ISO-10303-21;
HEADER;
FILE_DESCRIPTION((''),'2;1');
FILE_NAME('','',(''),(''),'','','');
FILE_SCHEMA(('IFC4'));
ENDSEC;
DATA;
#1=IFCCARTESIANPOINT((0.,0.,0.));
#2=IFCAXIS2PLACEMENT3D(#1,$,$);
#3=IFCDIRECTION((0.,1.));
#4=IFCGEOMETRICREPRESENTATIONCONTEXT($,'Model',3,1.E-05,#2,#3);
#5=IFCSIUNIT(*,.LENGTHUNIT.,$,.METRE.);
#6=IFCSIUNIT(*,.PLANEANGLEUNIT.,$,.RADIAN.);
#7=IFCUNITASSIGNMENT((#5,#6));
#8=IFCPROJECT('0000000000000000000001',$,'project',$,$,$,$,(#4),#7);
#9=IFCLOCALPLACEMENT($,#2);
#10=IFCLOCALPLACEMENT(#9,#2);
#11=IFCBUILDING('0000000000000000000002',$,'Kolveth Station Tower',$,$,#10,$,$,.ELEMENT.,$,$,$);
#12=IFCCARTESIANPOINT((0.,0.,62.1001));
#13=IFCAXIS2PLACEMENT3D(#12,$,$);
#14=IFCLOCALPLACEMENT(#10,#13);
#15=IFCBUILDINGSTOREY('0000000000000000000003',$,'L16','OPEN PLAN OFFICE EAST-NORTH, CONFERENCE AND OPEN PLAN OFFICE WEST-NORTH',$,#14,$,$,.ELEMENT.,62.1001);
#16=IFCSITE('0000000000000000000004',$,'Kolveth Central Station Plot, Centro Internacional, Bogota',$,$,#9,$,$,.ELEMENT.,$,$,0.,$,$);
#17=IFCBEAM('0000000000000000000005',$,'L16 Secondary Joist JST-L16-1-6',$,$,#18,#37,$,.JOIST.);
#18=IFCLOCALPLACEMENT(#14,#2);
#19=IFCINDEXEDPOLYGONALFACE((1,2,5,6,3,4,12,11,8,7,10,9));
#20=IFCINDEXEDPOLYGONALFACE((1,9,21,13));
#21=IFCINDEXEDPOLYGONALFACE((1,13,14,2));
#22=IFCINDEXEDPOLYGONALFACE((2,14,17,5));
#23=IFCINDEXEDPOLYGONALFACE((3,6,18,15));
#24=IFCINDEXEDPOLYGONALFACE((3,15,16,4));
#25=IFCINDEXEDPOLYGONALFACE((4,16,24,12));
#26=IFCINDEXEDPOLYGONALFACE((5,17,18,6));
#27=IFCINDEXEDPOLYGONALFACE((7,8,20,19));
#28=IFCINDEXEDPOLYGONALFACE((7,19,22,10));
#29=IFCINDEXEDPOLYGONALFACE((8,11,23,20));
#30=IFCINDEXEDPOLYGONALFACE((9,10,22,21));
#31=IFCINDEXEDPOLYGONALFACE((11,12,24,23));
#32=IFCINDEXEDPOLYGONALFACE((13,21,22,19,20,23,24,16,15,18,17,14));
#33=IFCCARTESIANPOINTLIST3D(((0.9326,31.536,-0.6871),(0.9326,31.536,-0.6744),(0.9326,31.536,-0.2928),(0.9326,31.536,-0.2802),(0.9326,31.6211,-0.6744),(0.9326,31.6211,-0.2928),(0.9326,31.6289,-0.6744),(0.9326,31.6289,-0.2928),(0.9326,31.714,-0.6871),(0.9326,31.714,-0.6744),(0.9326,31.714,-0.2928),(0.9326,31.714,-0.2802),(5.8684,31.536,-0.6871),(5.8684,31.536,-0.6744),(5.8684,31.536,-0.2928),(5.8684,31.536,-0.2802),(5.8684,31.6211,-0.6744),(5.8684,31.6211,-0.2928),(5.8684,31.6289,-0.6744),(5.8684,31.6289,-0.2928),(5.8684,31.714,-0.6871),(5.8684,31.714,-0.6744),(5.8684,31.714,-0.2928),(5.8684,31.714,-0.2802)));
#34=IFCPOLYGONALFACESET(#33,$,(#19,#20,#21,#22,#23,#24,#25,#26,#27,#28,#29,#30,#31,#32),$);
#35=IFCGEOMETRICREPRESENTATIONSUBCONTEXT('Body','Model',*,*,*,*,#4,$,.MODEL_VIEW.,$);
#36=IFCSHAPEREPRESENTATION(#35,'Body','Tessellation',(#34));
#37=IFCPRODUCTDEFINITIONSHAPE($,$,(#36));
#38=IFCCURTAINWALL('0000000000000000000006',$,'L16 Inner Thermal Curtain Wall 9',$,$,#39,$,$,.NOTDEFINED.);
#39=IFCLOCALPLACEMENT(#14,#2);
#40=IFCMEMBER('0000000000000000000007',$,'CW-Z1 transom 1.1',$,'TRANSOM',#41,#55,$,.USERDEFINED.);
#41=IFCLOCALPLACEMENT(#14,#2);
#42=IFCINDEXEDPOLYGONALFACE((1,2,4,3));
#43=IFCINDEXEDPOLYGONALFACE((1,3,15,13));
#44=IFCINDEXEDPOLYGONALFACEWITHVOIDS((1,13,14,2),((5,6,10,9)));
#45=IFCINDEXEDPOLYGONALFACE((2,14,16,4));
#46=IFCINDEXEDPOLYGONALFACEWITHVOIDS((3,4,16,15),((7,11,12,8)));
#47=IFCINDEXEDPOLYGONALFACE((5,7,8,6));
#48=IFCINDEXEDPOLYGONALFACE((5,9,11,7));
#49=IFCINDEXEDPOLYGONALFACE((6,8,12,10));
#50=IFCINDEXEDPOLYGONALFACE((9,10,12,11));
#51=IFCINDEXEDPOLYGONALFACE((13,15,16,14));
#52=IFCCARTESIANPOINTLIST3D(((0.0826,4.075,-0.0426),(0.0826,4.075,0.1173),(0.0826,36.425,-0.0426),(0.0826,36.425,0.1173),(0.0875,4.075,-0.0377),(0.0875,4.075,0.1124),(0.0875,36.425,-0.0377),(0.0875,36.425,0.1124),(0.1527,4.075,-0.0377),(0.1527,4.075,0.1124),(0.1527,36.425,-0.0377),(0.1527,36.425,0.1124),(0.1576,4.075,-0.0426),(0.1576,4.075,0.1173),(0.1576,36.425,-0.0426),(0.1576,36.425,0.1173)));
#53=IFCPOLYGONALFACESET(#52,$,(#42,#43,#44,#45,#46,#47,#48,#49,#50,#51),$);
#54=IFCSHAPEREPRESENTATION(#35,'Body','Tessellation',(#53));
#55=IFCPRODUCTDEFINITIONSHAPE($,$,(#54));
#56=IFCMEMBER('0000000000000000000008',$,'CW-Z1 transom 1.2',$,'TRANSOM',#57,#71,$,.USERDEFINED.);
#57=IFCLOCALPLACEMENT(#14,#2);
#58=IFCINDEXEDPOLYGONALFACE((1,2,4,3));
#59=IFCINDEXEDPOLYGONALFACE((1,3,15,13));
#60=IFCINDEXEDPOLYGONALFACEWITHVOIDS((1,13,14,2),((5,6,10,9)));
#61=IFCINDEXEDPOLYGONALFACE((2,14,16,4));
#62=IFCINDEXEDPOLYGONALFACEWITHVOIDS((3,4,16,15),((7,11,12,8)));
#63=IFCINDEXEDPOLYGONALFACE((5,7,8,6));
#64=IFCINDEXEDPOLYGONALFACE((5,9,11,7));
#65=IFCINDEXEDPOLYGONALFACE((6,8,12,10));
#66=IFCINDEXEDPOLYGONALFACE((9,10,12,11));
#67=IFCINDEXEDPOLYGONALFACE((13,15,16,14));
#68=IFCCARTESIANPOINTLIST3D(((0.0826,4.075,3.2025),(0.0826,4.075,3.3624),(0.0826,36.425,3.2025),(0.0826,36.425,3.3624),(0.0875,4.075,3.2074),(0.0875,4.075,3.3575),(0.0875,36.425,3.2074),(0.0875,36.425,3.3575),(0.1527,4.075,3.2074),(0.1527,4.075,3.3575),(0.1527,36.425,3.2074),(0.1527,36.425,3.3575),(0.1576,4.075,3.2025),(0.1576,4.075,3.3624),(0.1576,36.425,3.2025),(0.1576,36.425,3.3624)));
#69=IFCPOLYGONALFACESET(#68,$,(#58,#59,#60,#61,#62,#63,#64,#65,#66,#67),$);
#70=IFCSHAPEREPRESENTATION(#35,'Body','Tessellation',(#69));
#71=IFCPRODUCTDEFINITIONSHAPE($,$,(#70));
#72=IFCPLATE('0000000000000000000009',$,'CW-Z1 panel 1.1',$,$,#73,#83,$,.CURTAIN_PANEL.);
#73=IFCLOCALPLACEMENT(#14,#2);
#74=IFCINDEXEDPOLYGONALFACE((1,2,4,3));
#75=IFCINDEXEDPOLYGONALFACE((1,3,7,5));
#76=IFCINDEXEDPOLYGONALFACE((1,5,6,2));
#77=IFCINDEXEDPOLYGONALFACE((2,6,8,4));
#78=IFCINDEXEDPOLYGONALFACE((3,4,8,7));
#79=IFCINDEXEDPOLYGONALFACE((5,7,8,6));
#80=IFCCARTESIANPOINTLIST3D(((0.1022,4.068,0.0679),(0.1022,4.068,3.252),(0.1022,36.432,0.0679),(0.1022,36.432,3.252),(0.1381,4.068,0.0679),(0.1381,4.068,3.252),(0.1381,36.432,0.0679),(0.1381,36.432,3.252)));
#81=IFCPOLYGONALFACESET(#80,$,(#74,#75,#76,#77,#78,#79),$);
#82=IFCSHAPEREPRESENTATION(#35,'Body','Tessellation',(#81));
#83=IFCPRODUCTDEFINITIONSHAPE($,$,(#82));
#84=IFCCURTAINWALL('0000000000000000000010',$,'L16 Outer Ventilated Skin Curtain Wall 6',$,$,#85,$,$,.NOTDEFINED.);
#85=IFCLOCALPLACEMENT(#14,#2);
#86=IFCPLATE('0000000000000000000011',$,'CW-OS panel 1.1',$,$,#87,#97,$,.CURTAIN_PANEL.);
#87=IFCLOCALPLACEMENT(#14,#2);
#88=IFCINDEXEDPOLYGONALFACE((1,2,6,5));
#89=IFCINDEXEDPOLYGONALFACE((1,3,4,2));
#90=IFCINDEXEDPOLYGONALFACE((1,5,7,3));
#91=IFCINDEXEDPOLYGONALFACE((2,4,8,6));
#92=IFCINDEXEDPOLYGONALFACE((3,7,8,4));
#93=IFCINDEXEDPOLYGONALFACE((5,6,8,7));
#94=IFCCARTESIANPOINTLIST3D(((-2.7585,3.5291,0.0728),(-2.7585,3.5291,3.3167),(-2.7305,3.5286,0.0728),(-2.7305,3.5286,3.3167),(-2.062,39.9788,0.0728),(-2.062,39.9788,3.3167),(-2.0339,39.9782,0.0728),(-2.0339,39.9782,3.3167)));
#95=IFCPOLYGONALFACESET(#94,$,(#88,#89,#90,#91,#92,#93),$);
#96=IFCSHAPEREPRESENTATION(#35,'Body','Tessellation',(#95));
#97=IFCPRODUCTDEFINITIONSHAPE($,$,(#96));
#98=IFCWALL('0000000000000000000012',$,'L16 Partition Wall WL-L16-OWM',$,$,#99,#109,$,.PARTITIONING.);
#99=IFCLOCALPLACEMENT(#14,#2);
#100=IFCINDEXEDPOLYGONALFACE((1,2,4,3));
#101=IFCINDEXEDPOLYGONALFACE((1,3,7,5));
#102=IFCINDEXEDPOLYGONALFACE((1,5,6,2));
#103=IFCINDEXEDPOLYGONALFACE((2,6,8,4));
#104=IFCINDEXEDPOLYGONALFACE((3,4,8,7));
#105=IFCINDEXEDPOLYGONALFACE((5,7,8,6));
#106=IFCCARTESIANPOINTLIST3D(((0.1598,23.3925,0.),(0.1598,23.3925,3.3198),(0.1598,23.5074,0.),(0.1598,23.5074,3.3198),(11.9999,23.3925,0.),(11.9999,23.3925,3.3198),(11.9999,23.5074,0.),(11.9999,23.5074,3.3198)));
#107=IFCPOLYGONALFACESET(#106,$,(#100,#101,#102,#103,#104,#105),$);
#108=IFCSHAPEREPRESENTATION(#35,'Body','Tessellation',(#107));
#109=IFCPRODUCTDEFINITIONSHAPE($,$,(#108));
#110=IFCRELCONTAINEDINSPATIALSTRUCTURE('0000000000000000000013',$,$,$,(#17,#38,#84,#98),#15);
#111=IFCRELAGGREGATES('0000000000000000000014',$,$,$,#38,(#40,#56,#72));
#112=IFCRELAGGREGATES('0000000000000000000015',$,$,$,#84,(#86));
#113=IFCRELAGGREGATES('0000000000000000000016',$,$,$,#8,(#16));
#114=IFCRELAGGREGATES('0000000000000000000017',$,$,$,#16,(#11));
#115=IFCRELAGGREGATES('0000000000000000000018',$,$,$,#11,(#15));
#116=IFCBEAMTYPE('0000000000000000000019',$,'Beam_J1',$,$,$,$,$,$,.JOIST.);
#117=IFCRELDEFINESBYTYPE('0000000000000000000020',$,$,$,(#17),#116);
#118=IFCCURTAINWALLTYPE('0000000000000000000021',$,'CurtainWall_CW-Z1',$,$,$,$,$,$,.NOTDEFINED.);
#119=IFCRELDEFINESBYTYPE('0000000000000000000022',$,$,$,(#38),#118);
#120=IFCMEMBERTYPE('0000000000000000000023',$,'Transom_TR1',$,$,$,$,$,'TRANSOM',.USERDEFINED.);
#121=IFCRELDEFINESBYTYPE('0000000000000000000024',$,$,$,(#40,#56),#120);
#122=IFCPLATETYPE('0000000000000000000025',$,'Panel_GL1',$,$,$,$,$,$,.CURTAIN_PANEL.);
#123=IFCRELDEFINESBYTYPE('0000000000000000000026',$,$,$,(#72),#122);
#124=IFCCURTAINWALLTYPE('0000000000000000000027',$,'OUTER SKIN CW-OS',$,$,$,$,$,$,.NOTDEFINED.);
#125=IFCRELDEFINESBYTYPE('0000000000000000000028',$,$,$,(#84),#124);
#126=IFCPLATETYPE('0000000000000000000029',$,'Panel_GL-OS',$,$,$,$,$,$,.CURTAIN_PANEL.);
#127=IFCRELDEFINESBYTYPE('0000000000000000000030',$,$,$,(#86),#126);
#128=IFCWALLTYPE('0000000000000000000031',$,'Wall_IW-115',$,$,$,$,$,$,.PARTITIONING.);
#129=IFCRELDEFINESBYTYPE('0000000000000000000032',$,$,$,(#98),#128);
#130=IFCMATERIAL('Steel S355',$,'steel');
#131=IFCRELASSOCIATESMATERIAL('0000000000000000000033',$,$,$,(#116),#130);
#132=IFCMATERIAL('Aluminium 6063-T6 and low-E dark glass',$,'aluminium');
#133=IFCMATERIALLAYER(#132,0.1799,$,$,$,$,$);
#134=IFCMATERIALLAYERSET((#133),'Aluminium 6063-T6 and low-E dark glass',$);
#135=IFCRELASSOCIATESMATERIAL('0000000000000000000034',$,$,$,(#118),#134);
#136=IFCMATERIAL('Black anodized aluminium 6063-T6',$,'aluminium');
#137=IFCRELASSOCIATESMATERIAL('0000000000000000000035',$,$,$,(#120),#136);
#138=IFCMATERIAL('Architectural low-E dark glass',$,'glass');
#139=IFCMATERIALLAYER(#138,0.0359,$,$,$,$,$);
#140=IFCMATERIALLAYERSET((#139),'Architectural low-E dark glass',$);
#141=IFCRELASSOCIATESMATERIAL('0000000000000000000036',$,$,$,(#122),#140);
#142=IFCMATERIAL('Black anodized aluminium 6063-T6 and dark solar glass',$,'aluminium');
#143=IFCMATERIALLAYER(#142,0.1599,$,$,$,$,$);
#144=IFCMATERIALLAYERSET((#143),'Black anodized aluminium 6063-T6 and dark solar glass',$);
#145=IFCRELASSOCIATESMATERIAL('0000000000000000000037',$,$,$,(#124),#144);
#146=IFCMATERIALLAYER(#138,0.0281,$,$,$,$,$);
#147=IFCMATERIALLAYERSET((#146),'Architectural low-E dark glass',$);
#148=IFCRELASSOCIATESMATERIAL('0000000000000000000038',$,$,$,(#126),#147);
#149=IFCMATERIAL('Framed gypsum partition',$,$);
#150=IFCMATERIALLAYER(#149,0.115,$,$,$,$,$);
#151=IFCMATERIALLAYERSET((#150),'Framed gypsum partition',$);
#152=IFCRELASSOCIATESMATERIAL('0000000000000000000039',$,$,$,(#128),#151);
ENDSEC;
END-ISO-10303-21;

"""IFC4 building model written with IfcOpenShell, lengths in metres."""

from ifc_helpers import new_model, si_unit, direction, frame, frame_2d, origin, origin_2d, place, context, subcontext, project, spatial, rectangle, hollow_rectangle, i_section, extrude, source, transform, mapped, material, layer, layer_set, material_profile, profile_set, type_object, element, aggregate, save


model = new_model("IFC4")

# Units and contexts
model_context = context("Model", 3, precision=1e-05, world=origin(), true_north=direction((0.0, 1.0)))
body_context = subcontext(model_context, "Body", "Model", "MODEL_VIEW")
ifc_project = project(units=[si_unit("LENGTHUNIT", "METRE"), si_unit("PLANEANGLEUNIT", "RADIAN")], contexts=[model_context])

# Site, building, storey
site_placement = place(None, origin())
site = spatial("IfcSite", under=ifc_project, at=site_placement, Name="Kolveth Central Station Plot, Centro Internacional, Bogota", CompositionType="ELEMENT", RefElevation=0.0)
building_placement = place(site_placement, origin())
building = spatial("IfcBuilding", under=site, at=building_placement, Name="Kolveth Station Tower", CompositionType="ELEMENT")
storey_placement = place(building_placement, frame((0.0, 0.0, 62.1001)))
storey = spatial("IfcBuildingStorey", under=building, at=storey_placement, Name="L16", Description="OPEN PLAN OFFICE EAST-NORTH, CONFERENCE AND OPEN PLAN OFFICE WEST-NORTH", CompositionType="ELEMENT", Elevation=62.1001)

# Shared definitions
ifc_material_1 = material(Name="Steel S355", Category="steel")

# Beam
ifc_material_profile_1 = material_profile(ifc_material_1, i_section(OverallWidth=0.178, OverallDepth=0.407, WebThickness=0.0078, FlangeThickness=0.0127, at=origin_2d()), Name="W410x60")
ifc_profile_set_1 = profile_set([ifc_material_profile_1], Name="Steel S355")
beam_type_1 = type_object("IfcBeamType", Name="Beam_J1", PredefinedType="JOIST", material=ifc_profile_set_1)
shared_shape_1 = source(origin(), body_context, "Body", "SweptSolid", [
    extrude(i_section(OverallWidth=0.178, OverallDepth=0.407, WebThickness=0.0078, FlangeThickness=0.0127, at=origin_2d()), origin(), (0.0, 0.0, 1.0), 4.9358),
])
for number, where, z_axis, x_axis, name in (
    (1, (0.9326, 31.625, -0.4836), (1.0, 0.0, 0.0), (0.0, 1.0, 0.0), "L16 Secondary Joist JST-L16-1-6"),
):
    element("IfcBeam", number, at=place(storey_placement, frame(where, z_axis=z_axis, x_axis=x_axis)), inside=storey, type_object=beam_type_1, Name=name, PredefinedType="JOIST", context=body_context, shape_type="MappedRepresentation", body=[
        mapped(shared_shape_1, transform((0.0, 0.0, 0.0), x_axis=(1.0, 0.0, 0.0), y_axis=(0.0, 1.0, 0.0), z_axis=(0.0, 0.0, 1.0), scale=1.0)),
    ])

# Curtain wall, members, plate
ifc_material_2 = material(Name="Aluminium 6063-T6 and low-E dark glass", Category="aluminium")
ifc_layer_1 = layer(ifc_material_2, 0.1799)
ifc_layer_set_1 = layer_set([ifc_layer_1], Name="Aluminium 6063-T6 and low-E dark glass")
curtain_wall_type_1 = type_object("IfcCurtainWallType", Name="CurtainWall_CW-Z1", PredefinedType="NOTDEFINED", material=ifc_layer_set_1)
curtain_wall_1_placement = place(storey_placement, origin())
curtain_wall_1 = element("IfcCurtainWall", 2, at=curtain_wall_1_placement, inside=storey, type_object=curtain_wall_type_1, Name="L16 Inner Thermal Curtain Wall 9", PredefinedType="NOTDEFINED")
ifc_material_3 = material(Name="Black anodized aluminium 6063-T6", Category="aluminium")
ifc_material_profile_2 = material_profile(ifc_material_3, hollow_rectangle(XDim=0.075, YDim=0.1599, WallThickness=0.0049, at=origin_2d()), Name="ALU-75x160x5")
ifc_profile_set_2 = profile_set([ifc_material_profile_2], Name="Black anodized aluminium 6063-T6")
member_type = type_object("IfcMemberType", Name="Transom_TR1", ElementType="TRANSOM", PredefinedType="USERDEFINED", material=ifc_profile_set_2)
shared_shape_2 = source(origin(), body_context, "Body", "SweptSolid", [
    extrude(hollow_rectangle(XDim=0.075, YDim=0.1599, WallThickness=0.0049, at=origin_2d()), origin(), (0.0, 0.0, 1.0), 32.3501),
])
member_1_placement = place(storey_placement, frame((0.1201, 36.425, 0.0374), z_axis=(0.0, -1.0, 0.0), x_axis=(1.0, 0.0, 0.0)))
member_1 = element("IfcMember", 3, at=member_1_placement, type_object=member_type, Name="CW-Z1 transom 1.1", ObjectType="TRANSOM", PredefinedType="USERDEFINED", context=body_context, shape_type="MappedRepresentation", body=[
    mapped(shared_shape_2, transform((0.0, 0.0, 0.0), x_axis=(1.0, 0.0, 0.0), y_axis=(0.0, 1.0, 0.0), z_axis=(0.0, 0.0, 1.0), scale=1.0)),
])
member_2_placement = place(storey_placement, frame((0.1201, 36.425, 3.2825), z_axis=(0.0, -1.0, 0.0), x_axis=(1.0, 0.0, 0.0)))
member_2 = element("IfcMember", 4, at=member_2_placement, type_object=member_type, Name="CW-Z1 transom 1.2", ObjectType="TRANSOM", PredefinedType="USERDEFINED", context=body_context, shape_type="MappedRepresentation", body=[
    mapped(shared_shape_2, transform((0.0, 0.0, 0.0), x_axis=(1.0, 0.0, 0.0), y_axis=(0.0, 1.0, 0.0), z_axis=(0.0, 0.0, 1.0), scale=1.0)),
])
ifc_material_4 = material(Name="Architectural low-E dark glass", Category="glass")
ifc_layer_2 = layer(ifc_material_4, 0.0359)
ifc_layer_set_2 = layer_set([ifc_layer_2], Name="Architectural low-E dark glass")
plate_type_1 = type_object("IfcPlateType", Name="Panel_GL1", PredefinedType="CURTAIN_PANEL", material=ifc_layer_set_2)
shared_shape_3 = source(origin(), body_context, "Body", "SweptSolid", [
    extrude(rectangle(XDim=32.364, YDim=0.0359, at=origin_2d()), origin(), (0.0, 0.0, 1.0), 3.1841),
])
plate_1_placement = place(storey_placement, frame((0.1201, 20.25, 0.0679), z_axis=(0.0, 0.0, 1.0), x_axis=(0.0, -1.0, 0.0)))
plate_1 = element("IfcPlate", 5, at=plate_1_placement, type_object=plate_type_1, Name="CW-Z1 panel 1.1", PredefinedType="CURTAIN_PANEL", context=body_context, shape_type="MappedRepresentation", body=[
    mapped(shared_shape_3, transform((0.0, 0.0, 0.0), x_axis=(1.0, 0.0, 0.0), y_axis=(0.0, 1.0, 0.0), z_axis=(0.0, 0.0, 1.0), scale=1.0)),
])
aggregate(curtain_wall_1, [member_1, member_2, plate_1])

# Curtain wall, plate
ifc_material_5 = material(Name="Black anodized aluminium 6063-T6 and dark solar glass", Category="aluminium")
ifc_layer_3 = layer(ifc_material_5, 0.1599)
ifc_layer_set_3 = layer_set([ifc_layer_3], Name="Black anodized aluminium 6063-T6 and dark solar glass")
curtain_wall_type_2 = type_object("IfcCurtainWallType", Name="OUTER SKIN CW-OS", PredefinedType="NOTDEFINED", material=ifc_layer_set_3)
curtain_wall_2_placement = place(storey_placement, origin())
curtain_wall_2 = element("IfcCurtainWall", 6, at=curtain_wall_2_placement, inside=storey, type_object=curtain_wall_type_2, Name="L16 Outer Ventilated Skin Curtain Wall 6", PredefinedType="NOTDEFINED")
ifc_layer_4 = layer(ifc_material_4, 0.0281)
ifc_layer_set_4 = layer_set([ifc_layer_4], Name="Architectural low-E dark glass")
plate_type_2 = type_object("IfcPlateType", Name="Panel_GL-OS", PredefinedType="CURTAIN_PANEL", material=ifc_layer_set_4)
shared_shape_4 = source(origin(), body_context, "Body", "SweptSolid", [
    extrude(rectangle(XDim=36.4563, YDim=0.0281, at=origin_2d()), origin(), (0.0, 0.0, 1.0), 3.2439),
])
plate_2_placement = place(storey_placement, frame((-2.3962, 21.7537, 0.0728), z_axis=(0.0, 0.0, 1.0), x_axis=(-0.019106, -0.999817, 0.0)))
plate_2 = element("IfcPlate", 7, at=plate_2_placement, type_object=plate_type_2, Name="CW-OS panel 1.1", PredefinedType="CURTAIN_PANEL", context=body_context, shape_type="MappedRepresentation", body=[
    mapped(shared_shape_4, transform((0.0, 0.0, 0.0), x_axis=(1.0, 0.0, 0.0), y_axis=(0.0, 1.0, 0.0), z_axis=(0.0, 0.0, 1.0), scale=1.0)),
])
aggregate(curtain_wall_2, [plate_2])

# Wall
ifc_material_6 = material(Name="Framed gypsum partition")
ifc_layer_5 = layer(ifc_material_6, 0.115)
ifc_layer_set_5 = layer_set([ifc_layer_5], Name="Framed gypsum partition")
wall_type = type_object("IfcWallType", Name="Wall_IW-115", PredefinedType="PARTITIONING", material=ifc_layer_set_5)
wall_placement = place(storey_placement, frame((0.1599, 23.45, 0.0), z_axis=(0.0, 0.0, 1.0), x_axis=(1.0, 0.0, 0.0)))
element("IfcWall", 8, at=wall_placement, inside=storey, type_object=wall_type, Name="L16 Partition Wall WL-L16-OWM", PredefinedType="PARTITIONING", context=body_context, shape_type="SweptSolid", body=[
    extrude(rectangle(XDim=11.8401, YDim=0.115, at=frame_2d((5.9199, 0.0))), origin(), (0.0, 0.0, 1.0), 3.3198),
])

save(model, "model.ifc")
